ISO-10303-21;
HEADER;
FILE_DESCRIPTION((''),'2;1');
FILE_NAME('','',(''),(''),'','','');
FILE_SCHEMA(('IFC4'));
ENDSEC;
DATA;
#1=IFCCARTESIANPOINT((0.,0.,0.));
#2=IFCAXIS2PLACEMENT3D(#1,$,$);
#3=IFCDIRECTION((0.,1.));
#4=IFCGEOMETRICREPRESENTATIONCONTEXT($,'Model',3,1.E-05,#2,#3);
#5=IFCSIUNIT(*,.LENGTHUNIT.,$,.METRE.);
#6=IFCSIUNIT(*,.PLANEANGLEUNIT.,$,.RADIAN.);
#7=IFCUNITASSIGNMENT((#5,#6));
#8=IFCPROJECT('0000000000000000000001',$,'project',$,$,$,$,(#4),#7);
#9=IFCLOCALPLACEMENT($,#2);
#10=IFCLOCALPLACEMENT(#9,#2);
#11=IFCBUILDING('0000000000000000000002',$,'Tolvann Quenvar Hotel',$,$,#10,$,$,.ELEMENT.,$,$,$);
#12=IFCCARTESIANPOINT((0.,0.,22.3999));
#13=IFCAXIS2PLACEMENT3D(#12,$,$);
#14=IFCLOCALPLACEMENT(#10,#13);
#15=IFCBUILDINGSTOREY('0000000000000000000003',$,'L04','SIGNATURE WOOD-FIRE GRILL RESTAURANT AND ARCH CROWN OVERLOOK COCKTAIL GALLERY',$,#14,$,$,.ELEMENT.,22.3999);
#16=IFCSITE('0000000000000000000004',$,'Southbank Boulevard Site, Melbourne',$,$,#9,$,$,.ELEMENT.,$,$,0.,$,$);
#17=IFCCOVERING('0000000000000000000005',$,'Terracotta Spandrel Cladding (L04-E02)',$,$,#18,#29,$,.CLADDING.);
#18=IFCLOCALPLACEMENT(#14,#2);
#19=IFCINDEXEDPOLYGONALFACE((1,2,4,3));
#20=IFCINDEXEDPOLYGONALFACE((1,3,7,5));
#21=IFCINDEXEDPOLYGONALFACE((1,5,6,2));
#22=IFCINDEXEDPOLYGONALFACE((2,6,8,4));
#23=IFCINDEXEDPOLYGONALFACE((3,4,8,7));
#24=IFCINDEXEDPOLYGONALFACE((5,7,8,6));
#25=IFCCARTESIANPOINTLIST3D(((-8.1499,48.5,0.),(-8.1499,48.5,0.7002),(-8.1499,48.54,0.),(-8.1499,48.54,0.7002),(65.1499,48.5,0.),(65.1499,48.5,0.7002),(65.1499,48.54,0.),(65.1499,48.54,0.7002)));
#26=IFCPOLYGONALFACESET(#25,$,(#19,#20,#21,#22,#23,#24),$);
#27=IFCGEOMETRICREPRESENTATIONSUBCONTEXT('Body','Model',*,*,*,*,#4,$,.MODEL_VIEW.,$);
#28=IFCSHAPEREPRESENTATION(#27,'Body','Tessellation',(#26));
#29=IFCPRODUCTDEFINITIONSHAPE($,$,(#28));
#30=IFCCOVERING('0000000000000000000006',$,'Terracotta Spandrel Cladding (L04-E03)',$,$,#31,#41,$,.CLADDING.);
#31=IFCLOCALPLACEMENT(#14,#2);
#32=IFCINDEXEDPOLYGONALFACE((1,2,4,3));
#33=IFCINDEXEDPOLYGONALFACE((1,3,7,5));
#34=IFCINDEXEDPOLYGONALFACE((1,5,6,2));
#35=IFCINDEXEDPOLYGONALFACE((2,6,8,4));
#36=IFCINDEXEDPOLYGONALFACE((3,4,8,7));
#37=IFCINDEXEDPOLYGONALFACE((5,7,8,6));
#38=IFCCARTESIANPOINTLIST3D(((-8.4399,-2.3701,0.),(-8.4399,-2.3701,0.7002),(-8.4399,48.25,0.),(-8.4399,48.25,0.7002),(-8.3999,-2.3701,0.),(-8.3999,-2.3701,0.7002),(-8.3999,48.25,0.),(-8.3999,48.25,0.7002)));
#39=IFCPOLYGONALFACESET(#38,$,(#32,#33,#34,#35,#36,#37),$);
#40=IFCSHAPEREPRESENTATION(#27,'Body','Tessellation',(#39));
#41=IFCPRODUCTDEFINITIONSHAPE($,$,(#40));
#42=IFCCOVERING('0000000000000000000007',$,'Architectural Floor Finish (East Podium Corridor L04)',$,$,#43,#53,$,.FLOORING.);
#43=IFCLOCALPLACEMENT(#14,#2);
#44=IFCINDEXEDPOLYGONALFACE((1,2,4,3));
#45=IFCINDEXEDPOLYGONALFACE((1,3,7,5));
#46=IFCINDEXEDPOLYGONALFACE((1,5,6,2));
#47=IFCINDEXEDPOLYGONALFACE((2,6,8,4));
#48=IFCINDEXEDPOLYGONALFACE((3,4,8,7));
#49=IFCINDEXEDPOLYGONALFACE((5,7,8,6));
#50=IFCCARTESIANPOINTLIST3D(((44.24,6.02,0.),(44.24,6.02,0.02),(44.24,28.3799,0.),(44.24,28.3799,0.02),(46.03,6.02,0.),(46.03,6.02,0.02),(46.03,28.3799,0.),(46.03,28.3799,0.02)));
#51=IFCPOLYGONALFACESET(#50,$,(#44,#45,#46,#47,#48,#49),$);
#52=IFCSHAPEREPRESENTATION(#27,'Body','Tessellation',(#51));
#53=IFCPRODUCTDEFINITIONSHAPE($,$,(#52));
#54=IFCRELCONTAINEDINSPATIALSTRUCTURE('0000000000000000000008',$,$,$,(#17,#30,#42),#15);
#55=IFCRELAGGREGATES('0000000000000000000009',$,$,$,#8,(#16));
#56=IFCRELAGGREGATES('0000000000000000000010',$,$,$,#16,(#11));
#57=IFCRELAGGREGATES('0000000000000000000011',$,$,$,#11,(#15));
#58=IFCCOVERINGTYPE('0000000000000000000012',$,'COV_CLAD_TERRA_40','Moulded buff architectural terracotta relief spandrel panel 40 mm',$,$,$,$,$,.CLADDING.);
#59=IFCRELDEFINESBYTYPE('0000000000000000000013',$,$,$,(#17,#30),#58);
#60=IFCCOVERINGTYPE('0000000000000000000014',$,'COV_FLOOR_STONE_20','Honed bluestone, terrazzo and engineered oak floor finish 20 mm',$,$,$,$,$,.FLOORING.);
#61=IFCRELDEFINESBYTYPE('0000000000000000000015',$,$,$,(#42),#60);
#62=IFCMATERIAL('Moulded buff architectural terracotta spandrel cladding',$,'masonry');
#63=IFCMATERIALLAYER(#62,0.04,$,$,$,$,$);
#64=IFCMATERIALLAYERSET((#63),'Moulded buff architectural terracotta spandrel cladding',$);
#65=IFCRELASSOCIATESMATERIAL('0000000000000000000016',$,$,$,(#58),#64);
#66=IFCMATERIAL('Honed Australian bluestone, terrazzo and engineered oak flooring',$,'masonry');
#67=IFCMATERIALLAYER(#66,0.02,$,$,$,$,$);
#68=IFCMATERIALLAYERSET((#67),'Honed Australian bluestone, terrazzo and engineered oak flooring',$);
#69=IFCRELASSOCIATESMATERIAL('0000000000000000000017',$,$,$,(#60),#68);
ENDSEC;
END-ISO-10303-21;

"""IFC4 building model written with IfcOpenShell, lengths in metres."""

from ifc_helpers import new_model, si_unit, direction, frame, origin, place, context, subcontext, project, spatial, polyline, outline, extrude, material, layer, layer_set, type_object, element, save


model = new_model("IFC4")

# Units and contexts
model_context = context("Model", 3, precision=1e-05, world=origin(), true_north=direction((0.0, 1.0)))
body_context = subcontext(model_context, "Body", "Model", "MODEL_VIEW")
ifc_project = project(units=[si_unit("LENGTHUNIT", "METRE"), si_unit("PLANEANGLEUNIT", "RADIAN")], contexts=[model_context])

# Site, building, storey
site_placement = place(None, origin())
site = spatial("IfcSite", under=ifc_project, at=site_placement, Name="Southbank Boulevard Site, Melbourne", CompositionType="ELEMENT", RefElevation=0.0)
building_placement = place(site_placement, origin())
building = spatial("IfcBuilding", under=site, at=building_placement, Name="Tolvann Quenvar Hotel", CompositionType="ELEMENT")
storey_placement = place(building_placement, frame((0.0, 0.0, 22.3999)))
storey = spatial("IfcBuildingStorey", under=building, at=storey_placement, Name="L04", Description="SIGNATURE WOOD-FIRE GRILL RESTAURANT AND ARCH CROWN OVERLOOK COCKTAIL GALLERY", CompositionType="ELEMENT", Elevation=22.3999)

# Coverings
ifc_material_1 = material(Name="Moulded buff architectural terracotta spandrel cladding", Category="masonry")
ifc_layer_1 = layer(ifc_material_1, 0.04)
ifc_layer_set_1 = layer_set([ifc_layer_1], Name="Moulded buff architectural terracotta spandrel cladding")
covering_type_1 = type_object("IfcCoveringType", Name="COV_CLAD_TERRA_40", Description="Moulded buff architectural terracotta relief spandrel panel 40 mm", PredefinedType="CLADDING", material=ifc_layer_set_1)
covering_1_placement = place(storey_placement, origin())
element("IfcCovering", 1, at=covering_1_placement, inside=storey, type_object=covering_type_1, Name="Terracotta Spandrel Cladding (L04-E02)", PredefinedType="CLADDING", context=body_context, shape_type="SweptSolid", body=[
    extrude(outline(polyline([(65.1499, 48.5), (-8.1499, 48.5), (-8.1499, 48.54), (65.1499, 48.54), (65.1499, 48.5)])), origin(), (0.0, 0.0, 1.0), 0.7002),
])
covering_2_placement = place(storey_placement, origin())
element("IfcCovering", 2, at=covering_2_placement, inside=storey, type_object=covering_type_1, Name="Terracotta Spandrel Cladding (L04-E03)", PredefinedType="CLADDING", context=body_context, shape_type="SweptSolid", body=[
    extrude(outline(polyline([(-8.3999, 48.25), (-8.3999, -2.3701), (-8.4399, -2.3701), (-8.4399, 48.25), (-8.3999, 48.25)])), origin(), (0.0, 0.0, 1.0), 0.7002),
])
ifc_material_2 = material(Name="Honed Australian bluestone, terrazzo and engineered oak flooring", Category="masonry")
ifc_layer_2 = layer(ifc_material_2, 0.02)
ifc_layer_set_2 = layer_set([ifc_layer_2], Name="Honed Australian bluestone, terrazzo and engineered oak flooring")
covering_type_2 = type_object("IfcCoveringType", Name="COV_FLOOR_STONE_20", Description="Honed bluestone, terrazzo and engineered oak floor finish 20 mm", PredefinedType="FLOORING", material=ifc_layer_set_2)
covering_3_placement = place(storey_placement, origin())
element("IfcCovering", 3, at=covering_3_placement, inside=storey, type_object=covering_type_2, Name="Architectural Floor Finish (East Podium Corridor L04)", PredefinedType="FLOORING", context=body_context, shape_type="SweptSolid", body=[
    extrude(outline(polyline([(44.24, 6.02), (46.03, 6.02), (46.03, 28.3799), (44.24, 28.3799), (44.24, 6.02)])), origin(), (0.0, 0.0, 1.0), 0.02),
])

save(model, "model.ifc")
